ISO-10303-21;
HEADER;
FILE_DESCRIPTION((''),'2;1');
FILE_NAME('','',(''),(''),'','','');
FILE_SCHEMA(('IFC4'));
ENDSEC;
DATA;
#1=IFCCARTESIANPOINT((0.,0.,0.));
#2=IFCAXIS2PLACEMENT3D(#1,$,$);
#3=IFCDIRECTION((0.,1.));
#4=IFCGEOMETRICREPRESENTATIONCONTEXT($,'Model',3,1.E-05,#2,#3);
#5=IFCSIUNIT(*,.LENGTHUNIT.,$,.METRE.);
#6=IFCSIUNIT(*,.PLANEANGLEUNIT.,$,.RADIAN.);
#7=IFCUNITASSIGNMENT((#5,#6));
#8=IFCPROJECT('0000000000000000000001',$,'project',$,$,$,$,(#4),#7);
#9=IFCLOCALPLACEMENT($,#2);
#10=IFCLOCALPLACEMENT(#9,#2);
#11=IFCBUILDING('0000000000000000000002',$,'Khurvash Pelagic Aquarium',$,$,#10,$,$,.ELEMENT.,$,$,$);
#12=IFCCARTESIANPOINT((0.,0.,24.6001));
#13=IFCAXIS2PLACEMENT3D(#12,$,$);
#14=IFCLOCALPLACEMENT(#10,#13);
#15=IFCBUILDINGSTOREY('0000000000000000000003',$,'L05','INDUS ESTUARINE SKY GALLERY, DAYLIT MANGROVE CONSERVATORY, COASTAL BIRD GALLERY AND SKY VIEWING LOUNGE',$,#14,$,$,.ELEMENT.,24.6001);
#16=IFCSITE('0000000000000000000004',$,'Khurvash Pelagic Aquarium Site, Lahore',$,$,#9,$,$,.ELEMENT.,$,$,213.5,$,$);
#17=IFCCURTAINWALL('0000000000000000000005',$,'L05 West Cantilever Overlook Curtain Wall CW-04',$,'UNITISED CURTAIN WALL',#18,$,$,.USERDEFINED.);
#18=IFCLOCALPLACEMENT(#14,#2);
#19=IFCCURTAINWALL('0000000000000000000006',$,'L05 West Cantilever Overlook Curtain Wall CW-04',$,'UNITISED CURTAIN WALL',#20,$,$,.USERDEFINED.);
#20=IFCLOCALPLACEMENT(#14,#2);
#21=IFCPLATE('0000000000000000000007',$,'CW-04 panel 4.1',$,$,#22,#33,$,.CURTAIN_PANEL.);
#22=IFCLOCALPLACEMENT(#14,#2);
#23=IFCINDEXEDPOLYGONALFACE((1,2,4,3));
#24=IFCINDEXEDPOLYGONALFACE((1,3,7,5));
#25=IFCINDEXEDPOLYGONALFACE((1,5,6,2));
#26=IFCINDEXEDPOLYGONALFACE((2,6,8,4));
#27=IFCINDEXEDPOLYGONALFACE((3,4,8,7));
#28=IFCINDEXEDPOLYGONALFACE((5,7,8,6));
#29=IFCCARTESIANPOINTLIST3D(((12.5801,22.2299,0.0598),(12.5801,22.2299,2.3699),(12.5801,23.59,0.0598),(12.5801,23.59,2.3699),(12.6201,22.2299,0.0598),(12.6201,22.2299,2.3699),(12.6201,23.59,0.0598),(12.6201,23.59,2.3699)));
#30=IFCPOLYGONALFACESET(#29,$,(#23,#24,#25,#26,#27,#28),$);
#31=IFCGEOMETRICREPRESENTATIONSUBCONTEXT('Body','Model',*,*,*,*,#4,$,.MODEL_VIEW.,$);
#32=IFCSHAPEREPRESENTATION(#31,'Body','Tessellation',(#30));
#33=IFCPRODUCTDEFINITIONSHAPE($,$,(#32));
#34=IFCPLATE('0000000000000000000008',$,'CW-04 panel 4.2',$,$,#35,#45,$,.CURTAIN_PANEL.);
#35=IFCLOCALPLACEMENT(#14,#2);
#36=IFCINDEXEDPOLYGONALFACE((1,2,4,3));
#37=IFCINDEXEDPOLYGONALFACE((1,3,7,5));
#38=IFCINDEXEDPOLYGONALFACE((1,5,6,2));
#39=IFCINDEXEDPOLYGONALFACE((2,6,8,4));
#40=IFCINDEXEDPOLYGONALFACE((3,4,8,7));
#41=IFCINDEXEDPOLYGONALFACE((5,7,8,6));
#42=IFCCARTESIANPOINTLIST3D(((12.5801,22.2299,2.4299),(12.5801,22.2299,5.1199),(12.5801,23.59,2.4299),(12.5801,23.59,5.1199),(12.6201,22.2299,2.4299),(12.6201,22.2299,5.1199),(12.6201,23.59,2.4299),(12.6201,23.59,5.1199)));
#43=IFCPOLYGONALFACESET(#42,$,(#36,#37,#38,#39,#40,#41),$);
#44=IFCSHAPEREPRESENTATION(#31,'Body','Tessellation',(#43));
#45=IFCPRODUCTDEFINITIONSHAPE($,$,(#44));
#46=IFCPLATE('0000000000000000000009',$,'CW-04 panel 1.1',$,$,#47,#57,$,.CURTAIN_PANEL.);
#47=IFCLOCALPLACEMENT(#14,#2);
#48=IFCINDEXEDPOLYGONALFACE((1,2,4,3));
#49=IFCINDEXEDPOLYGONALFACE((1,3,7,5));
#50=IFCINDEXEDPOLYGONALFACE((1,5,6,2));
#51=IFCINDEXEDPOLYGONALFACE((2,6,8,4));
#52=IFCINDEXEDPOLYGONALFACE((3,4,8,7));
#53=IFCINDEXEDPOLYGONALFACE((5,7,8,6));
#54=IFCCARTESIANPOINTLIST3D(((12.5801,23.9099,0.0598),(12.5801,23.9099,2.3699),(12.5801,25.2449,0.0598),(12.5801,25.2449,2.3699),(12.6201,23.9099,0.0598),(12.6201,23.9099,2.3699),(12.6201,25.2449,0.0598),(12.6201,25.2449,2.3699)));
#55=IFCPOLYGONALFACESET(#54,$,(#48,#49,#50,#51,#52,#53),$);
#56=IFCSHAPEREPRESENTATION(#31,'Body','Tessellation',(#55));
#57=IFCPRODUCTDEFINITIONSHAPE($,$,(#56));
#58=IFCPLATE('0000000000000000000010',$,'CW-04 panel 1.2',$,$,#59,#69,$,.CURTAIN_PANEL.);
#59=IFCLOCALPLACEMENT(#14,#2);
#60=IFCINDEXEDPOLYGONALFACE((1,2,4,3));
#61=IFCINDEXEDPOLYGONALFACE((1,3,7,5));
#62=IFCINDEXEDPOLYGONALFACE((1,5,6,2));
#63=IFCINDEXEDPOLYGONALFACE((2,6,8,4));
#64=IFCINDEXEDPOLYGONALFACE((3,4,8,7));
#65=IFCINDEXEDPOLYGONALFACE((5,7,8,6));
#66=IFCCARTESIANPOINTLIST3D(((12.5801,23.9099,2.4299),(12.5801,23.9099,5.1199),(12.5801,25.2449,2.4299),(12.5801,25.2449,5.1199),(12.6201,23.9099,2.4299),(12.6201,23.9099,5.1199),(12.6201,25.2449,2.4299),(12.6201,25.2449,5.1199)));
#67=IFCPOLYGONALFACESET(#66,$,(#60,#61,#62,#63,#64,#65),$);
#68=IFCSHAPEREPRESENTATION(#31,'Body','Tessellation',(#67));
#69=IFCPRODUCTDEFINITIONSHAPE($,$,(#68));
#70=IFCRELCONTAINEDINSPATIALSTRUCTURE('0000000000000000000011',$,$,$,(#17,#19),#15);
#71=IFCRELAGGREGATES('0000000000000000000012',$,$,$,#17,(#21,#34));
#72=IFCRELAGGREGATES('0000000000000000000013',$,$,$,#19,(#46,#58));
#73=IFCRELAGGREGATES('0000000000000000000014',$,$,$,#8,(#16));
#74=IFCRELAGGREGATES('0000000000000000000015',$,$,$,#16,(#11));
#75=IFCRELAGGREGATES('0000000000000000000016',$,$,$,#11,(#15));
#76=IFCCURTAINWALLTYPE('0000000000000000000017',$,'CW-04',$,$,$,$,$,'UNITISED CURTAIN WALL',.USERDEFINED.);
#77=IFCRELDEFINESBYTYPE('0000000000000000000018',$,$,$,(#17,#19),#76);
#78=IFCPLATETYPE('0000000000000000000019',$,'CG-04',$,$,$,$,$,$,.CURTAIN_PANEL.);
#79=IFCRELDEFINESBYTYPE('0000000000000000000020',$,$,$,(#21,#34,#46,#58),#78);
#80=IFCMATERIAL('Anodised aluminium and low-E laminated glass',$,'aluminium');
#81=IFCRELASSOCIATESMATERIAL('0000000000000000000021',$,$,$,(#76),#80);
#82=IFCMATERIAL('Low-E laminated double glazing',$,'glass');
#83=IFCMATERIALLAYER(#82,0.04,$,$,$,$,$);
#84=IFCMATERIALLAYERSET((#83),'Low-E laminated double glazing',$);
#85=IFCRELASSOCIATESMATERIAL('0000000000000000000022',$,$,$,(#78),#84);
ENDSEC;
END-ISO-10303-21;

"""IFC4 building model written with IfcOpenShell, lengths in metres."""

from ifc_helpers import new_model, si_unit, direction, frame, origin, origin_2d, place, context, subcontext, project, spatial, rectangle, extrude, material, layer, layer_set, type_object, element, aggregate, save


model = new_model("IFC4")

# Units and contexts
model_context = context("Model", 3, precision=1e-05, world=origin(), true_north=direction((0.0, 1.0)))
body_context = subcontext(model_context, "Body", "Model", "MODEL_VIEW")
ifc_project = project(units=[si_unit("LENGTHUNIT", "METRE"), si_unit("PLANEANGLEUNIT", "RADIAN")], contexts=[model_context])

# Site, building, storey
site_placement = place(None, origin())
site = spatial("IfcSite", under=ifc_project, at=site_placement, Name="Khurvash Pelagic Aquarium Site, Lahore", CompositionType="ELEMENT", RefElevation=213.5)
building_placement = place(site_placement, origin())
building = spatial("IfcBuilding", under=site, at=building_placement, Name="Khurvash Pelagic Aquarium", CompositionType="ELEMENT")
storey_placement = place(building_placement, frame((0.0, 0.0, 24.6001)))
storey = spatial("IfcBuildingStorey", under=building, at=storey_placement, Name="L05", Description="INDUS ESTUARINE SKY GALLERY, DAYLIT MANGROVE CONSERVATORY, COASTAL BIRD GALLERY AND SKY VIEWING LOUNGE", CompositionType="ELEMENT", Elevation=24.6001)

# Curtain walls
ifc_material_1 = material(Name="Anodised aluminium and low-E laminated glass", Category="aluminium")
curtain_wall_type = type_object("IfcCurtainWallType", Name="CW-04", ElementType="UNITISED CURTAIN WALL", PredefinedType="USERDEFINED", material=ifc_material_1)
curtain_wall_1_placement = place(storey_placement, origin())
curtain_wall_1 = element("IfcCurtainWall", 1, at=curtain_wall_1_placement, inside=storey, type_object=curtain_wall_type, Name="L05 West Cantilever Overlook Curtain Wall CW-04", ObjectType="UNITISED CURTAIN WALL", PredefinedType="USERDEFINED")
curtain_wall_2_placement = place(storey_placement, origin())
curtain_wall_2 = element("IfcCurtainWall", 2, at=curtain_wall_2_placement, inside=storey, type_object=curtain_wall_type, Name="L05 West Cantilever Overlook Curtain Wall CW-04", ObjectType="UNITISED CURTAIN WALL", PredefinedType="USERDEFINED")

# Plates
ifc_material_2 = material(Name="Low-E laminated double glazing", Category="glass")
ifc_layer = layer(ifc_material_2, 0.04)
ifc_layer_set = layer_set([ifc_layer], Name="Low-E laminated double glazing")
plate_type = type_object("IfcPlateType", Name="CG-04", PredefinedType="CURTAIN_PANEL", material=ifc_layer_set)
plate_1_placement = place(storey_placement, frame((12.6001, 22.9099, 0.0598), z_axis=(0.0, 0.0, 1.0), x_axis=(0.0, 1.0, 0.0)))
plate_1 = element("IfcPlate", 3, at=plate_1_placement, type_object=plate_type, Name="CW-04 panel 4.1", PredefinedType="CURTAIN_PANEL", context=body_context, shape_type="SweptSolid", body=[
    extrude(rectangle(XDim=1.3601, YDim=0.04, at=origin_2d()), origin(), (0.0, 0.0, 1.0), 2.3101),
])
plate_2_placement = place(storey_placement, frame((12.6001, 22.9099, 2.4299), z_axis=(0.0, 0.0, 1.0), x_axis=(0.0, 1.0, 0.0)))
plate_2 = element("IfcPlate", 4, at=plate_2_placement, type_object=plate_type, Name="CW-04 panel 4.2", PredefinedType="CURTAIN_PANEL", context=body_context, shape_type="SweptSolid", body=[
    extrude(rectangle(XDim=1.3601, YDim=0.04, at=origin_2d()), origin(), (0.0, 0.0, 1.0), 2.6899),
])
aggregate(curtain_wall_1, [plate_1, plate_2])
plate_3_placement = place(storey_placement, frame((12.6001, 24.5774, 0.0598), z_axis=(0.0, 0.0, 1.0), x_axis=(0.0, 1.0, 0.0)))
plate_3 = element("IfcPlate", 5, at=plate_3_placement, type_object=plate_type, Name="CW-04 panel 1.1", PredefinedType="CURTAIN_PANEL", context=body_context, shape_type="SweptSolid", body=[
    extrude(rectangle(XDim=1.335, YDim=0.04, at=origin_2d()), origin(), (0.0, 0.0, 1.0), 2.3101),
])
plate_4_placement = place(storey_placement, frame((12.6001, 24.5774, 2.4299), z_axis=(0.0, 0.0, 1.0), x_axis=(0.0, 1.0, 0.0)))
plate_4 = element("IfcPlate", 6, at=plate_4_placement, type_object=plate_type, Name="CW-04 panel 1.2", PredefinedType="CURTAIN_PANEL", context=body_context, shape_type="SweptSolid", body=[
    extrude(rectangle(XDim=1.335, YDim=0.04, at=origin_2d()), origin(), (0.0, 0.0, 1.0), 2.6899),
])
aggregate(curtain_wall_2, [plate_3, plate_4])

save(model, "model.ifc")
